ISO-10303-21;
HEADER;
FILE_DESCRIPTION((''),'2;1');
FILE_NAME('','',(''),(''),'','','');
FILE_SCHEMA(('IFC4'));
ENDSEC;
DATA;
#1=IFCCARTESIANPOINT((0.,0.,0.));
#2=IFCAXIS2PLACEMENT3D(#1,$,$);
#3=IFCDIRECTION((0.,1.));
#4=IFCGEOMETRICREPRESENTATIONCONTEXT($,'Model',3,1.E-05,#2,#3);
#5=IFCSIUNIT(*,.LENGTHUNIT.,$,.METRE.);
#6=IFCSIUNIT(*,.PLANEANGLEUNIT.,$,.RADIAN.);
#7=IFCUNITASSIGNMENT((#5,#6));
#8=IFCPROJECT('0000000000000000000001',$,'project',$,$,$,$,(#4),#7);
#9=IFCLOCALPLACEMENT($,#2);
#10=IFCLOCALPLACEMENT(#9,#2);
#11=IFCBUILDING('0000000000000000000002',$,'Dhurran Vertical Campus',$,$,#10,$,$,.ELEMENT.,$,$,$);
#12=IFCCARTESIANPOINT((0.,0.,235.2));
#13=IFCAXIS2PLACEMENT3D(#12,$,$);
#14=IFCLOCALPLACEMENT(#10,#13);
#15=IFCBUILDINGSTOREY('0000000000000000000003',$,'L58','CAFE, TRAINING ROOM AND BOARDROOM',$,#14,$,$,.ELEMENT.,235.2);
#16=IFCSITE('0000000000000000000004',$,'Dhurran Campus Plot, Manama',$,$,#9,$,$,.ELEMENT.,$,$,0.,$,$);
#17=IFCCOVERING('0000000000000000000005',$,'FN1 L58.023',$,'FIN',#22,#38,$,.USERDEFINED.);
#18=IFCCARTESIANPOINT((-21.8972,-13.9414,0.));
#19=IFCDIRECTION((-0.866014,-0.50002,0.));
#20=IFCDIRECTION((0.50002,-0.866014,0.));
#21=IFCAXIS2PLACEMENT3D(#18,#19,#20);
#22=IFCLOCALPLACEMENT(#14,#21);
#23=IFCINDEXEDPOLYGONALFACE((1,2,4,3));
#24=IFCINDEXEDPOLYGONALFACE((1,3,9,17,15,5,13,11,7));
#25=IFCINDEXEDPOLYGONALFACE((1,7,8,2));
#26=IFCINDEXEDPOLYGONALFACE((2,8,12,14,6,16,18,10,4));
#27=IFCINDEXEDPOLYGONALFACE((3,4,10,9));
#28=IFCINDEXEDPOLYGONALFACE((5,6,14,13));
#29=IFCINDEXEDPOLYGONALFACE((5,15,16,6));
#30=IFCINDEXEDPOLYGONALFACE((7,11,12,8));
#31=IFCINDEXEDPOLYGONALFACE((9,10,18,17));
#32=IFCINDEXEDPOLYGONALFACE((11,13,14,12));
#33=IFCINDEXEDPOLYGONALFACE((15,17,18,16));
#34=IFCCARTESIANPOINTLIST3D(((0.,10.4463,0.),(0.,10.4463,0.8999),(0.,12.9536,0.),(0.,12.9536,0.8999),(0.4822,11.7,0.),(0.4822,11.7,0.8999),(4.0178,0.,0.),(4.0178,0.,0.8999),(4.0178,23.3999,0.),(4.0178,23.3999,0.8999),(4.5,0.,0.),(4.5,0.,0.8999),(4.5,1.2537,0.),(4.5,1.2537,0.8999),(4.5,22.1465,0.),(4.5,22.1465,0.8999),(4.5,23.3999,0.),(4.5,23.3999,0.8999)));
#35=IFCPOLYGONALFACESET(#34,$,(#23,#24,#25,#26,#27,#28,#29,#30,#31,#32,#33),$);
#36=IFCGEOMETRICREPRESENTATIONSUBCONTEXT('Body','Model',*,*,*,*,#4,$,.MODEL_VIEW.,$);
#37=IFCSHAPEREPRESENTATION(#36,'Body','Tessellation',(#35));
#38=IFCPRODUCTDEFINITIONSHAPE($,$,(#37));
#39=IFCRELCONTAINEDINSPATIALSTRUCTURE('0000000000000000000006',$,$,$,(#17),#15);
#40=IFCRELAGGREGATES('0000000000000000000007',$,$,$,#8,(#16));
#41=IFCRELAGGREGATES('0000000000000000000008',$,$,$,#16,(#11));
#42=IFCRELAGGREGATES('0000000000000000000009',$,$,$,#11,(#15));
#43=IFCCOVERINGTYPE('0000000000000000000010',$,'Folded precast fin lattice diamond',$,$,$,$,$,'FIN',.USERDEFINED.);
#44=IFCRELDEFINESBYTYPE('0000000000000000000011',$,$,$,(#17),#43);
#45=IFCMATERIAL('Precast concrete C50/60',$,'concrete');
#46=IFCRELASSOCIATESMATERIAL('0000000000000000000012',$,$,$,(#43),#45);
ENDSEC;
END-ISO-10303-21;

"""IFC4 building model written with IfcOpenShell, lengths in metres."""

from ifc_helpers import new_model, si_unit, direction, frame, origin, place, context, subcontext, project, spatial, polyline, outline, extrude, material, type_object, element, save


model = new_model("IFC4")

# Units and contexts
model_context = context("Model", 3, precision=1e-05, world=origin(), true_north=direction((0.0, 1.0)))
body_context = subcontext(model_context, "Body", "Model", "MODEL_VIEW")
ifc_project = project(units=[si_unit("LENGTHUNIT", "METRE"), si_unit("PLANEANGLEUNIT", "RADIAN")], contexts=[model_context])

# Site, building, storey
site_placement = place(None, origin())
site = spatial("IfcSite", under=ifc_project, at=site_placement, Name="Dhurran Campus Plot, Manama", CompositionType="ELEMENT", RefElevation=0.0)
building_placement = place(site_placement, origin())
building = spatial("IfcBuilding", under=site, at=building_placement, Name="Dhurran Vertical Campus", CompositionType="ELEMENT")
storey_placement = place(building_placement, frame((0.0, 0.0, 235.2)))
storey = spatial("IfcBuildingStorey", under=building, at=storey_placement, Name="L58", Description="CAFE, TRAINING ROOM AND BOARDROOM", CompositionType="ELEMENT", Elevation=235.2)

# Covering
ifc_material_1 = material(Name="Precast concrete C50/60", Category="concrete")
covering_type = type_object("IfcCoveringType", Name="Folded precast fin lattice diamond", ElementType="FIN", PredefinedType="USERDEFINED", material=ifc_material_1)
covering_1_placement = place(storey_placement, frame((-21.8972, -13.9414, 0.0), z_axis=(-0.866014, -0.50002, 0.0), x_axis=(0.50002, -0.866014, 0.0)))
element("IfcCovering", 1, at=covering_1_placement, inside=storey, type_object=covering_type, Name="FN1 L58.023", ObjectType="FIN", PredefinedType="USERDEFINED", context=body_context, shape_type="SweptSolid", body=[
    extrude(outline(polyline([(4.0178, 0.0), (0.0, 10.4463), (0.0, 12.9536), (4.0178, 23.3999), (4.5, 23.3999), (4.5, 22.1465), (0.4822, 11.7), (4.5, 1.2537), (4.5, 0.0), (4.0178, 0.0)])), origin(), (0.0, 0.0, 1.0), 0.8999),
])

save(model, "model.ifc")
